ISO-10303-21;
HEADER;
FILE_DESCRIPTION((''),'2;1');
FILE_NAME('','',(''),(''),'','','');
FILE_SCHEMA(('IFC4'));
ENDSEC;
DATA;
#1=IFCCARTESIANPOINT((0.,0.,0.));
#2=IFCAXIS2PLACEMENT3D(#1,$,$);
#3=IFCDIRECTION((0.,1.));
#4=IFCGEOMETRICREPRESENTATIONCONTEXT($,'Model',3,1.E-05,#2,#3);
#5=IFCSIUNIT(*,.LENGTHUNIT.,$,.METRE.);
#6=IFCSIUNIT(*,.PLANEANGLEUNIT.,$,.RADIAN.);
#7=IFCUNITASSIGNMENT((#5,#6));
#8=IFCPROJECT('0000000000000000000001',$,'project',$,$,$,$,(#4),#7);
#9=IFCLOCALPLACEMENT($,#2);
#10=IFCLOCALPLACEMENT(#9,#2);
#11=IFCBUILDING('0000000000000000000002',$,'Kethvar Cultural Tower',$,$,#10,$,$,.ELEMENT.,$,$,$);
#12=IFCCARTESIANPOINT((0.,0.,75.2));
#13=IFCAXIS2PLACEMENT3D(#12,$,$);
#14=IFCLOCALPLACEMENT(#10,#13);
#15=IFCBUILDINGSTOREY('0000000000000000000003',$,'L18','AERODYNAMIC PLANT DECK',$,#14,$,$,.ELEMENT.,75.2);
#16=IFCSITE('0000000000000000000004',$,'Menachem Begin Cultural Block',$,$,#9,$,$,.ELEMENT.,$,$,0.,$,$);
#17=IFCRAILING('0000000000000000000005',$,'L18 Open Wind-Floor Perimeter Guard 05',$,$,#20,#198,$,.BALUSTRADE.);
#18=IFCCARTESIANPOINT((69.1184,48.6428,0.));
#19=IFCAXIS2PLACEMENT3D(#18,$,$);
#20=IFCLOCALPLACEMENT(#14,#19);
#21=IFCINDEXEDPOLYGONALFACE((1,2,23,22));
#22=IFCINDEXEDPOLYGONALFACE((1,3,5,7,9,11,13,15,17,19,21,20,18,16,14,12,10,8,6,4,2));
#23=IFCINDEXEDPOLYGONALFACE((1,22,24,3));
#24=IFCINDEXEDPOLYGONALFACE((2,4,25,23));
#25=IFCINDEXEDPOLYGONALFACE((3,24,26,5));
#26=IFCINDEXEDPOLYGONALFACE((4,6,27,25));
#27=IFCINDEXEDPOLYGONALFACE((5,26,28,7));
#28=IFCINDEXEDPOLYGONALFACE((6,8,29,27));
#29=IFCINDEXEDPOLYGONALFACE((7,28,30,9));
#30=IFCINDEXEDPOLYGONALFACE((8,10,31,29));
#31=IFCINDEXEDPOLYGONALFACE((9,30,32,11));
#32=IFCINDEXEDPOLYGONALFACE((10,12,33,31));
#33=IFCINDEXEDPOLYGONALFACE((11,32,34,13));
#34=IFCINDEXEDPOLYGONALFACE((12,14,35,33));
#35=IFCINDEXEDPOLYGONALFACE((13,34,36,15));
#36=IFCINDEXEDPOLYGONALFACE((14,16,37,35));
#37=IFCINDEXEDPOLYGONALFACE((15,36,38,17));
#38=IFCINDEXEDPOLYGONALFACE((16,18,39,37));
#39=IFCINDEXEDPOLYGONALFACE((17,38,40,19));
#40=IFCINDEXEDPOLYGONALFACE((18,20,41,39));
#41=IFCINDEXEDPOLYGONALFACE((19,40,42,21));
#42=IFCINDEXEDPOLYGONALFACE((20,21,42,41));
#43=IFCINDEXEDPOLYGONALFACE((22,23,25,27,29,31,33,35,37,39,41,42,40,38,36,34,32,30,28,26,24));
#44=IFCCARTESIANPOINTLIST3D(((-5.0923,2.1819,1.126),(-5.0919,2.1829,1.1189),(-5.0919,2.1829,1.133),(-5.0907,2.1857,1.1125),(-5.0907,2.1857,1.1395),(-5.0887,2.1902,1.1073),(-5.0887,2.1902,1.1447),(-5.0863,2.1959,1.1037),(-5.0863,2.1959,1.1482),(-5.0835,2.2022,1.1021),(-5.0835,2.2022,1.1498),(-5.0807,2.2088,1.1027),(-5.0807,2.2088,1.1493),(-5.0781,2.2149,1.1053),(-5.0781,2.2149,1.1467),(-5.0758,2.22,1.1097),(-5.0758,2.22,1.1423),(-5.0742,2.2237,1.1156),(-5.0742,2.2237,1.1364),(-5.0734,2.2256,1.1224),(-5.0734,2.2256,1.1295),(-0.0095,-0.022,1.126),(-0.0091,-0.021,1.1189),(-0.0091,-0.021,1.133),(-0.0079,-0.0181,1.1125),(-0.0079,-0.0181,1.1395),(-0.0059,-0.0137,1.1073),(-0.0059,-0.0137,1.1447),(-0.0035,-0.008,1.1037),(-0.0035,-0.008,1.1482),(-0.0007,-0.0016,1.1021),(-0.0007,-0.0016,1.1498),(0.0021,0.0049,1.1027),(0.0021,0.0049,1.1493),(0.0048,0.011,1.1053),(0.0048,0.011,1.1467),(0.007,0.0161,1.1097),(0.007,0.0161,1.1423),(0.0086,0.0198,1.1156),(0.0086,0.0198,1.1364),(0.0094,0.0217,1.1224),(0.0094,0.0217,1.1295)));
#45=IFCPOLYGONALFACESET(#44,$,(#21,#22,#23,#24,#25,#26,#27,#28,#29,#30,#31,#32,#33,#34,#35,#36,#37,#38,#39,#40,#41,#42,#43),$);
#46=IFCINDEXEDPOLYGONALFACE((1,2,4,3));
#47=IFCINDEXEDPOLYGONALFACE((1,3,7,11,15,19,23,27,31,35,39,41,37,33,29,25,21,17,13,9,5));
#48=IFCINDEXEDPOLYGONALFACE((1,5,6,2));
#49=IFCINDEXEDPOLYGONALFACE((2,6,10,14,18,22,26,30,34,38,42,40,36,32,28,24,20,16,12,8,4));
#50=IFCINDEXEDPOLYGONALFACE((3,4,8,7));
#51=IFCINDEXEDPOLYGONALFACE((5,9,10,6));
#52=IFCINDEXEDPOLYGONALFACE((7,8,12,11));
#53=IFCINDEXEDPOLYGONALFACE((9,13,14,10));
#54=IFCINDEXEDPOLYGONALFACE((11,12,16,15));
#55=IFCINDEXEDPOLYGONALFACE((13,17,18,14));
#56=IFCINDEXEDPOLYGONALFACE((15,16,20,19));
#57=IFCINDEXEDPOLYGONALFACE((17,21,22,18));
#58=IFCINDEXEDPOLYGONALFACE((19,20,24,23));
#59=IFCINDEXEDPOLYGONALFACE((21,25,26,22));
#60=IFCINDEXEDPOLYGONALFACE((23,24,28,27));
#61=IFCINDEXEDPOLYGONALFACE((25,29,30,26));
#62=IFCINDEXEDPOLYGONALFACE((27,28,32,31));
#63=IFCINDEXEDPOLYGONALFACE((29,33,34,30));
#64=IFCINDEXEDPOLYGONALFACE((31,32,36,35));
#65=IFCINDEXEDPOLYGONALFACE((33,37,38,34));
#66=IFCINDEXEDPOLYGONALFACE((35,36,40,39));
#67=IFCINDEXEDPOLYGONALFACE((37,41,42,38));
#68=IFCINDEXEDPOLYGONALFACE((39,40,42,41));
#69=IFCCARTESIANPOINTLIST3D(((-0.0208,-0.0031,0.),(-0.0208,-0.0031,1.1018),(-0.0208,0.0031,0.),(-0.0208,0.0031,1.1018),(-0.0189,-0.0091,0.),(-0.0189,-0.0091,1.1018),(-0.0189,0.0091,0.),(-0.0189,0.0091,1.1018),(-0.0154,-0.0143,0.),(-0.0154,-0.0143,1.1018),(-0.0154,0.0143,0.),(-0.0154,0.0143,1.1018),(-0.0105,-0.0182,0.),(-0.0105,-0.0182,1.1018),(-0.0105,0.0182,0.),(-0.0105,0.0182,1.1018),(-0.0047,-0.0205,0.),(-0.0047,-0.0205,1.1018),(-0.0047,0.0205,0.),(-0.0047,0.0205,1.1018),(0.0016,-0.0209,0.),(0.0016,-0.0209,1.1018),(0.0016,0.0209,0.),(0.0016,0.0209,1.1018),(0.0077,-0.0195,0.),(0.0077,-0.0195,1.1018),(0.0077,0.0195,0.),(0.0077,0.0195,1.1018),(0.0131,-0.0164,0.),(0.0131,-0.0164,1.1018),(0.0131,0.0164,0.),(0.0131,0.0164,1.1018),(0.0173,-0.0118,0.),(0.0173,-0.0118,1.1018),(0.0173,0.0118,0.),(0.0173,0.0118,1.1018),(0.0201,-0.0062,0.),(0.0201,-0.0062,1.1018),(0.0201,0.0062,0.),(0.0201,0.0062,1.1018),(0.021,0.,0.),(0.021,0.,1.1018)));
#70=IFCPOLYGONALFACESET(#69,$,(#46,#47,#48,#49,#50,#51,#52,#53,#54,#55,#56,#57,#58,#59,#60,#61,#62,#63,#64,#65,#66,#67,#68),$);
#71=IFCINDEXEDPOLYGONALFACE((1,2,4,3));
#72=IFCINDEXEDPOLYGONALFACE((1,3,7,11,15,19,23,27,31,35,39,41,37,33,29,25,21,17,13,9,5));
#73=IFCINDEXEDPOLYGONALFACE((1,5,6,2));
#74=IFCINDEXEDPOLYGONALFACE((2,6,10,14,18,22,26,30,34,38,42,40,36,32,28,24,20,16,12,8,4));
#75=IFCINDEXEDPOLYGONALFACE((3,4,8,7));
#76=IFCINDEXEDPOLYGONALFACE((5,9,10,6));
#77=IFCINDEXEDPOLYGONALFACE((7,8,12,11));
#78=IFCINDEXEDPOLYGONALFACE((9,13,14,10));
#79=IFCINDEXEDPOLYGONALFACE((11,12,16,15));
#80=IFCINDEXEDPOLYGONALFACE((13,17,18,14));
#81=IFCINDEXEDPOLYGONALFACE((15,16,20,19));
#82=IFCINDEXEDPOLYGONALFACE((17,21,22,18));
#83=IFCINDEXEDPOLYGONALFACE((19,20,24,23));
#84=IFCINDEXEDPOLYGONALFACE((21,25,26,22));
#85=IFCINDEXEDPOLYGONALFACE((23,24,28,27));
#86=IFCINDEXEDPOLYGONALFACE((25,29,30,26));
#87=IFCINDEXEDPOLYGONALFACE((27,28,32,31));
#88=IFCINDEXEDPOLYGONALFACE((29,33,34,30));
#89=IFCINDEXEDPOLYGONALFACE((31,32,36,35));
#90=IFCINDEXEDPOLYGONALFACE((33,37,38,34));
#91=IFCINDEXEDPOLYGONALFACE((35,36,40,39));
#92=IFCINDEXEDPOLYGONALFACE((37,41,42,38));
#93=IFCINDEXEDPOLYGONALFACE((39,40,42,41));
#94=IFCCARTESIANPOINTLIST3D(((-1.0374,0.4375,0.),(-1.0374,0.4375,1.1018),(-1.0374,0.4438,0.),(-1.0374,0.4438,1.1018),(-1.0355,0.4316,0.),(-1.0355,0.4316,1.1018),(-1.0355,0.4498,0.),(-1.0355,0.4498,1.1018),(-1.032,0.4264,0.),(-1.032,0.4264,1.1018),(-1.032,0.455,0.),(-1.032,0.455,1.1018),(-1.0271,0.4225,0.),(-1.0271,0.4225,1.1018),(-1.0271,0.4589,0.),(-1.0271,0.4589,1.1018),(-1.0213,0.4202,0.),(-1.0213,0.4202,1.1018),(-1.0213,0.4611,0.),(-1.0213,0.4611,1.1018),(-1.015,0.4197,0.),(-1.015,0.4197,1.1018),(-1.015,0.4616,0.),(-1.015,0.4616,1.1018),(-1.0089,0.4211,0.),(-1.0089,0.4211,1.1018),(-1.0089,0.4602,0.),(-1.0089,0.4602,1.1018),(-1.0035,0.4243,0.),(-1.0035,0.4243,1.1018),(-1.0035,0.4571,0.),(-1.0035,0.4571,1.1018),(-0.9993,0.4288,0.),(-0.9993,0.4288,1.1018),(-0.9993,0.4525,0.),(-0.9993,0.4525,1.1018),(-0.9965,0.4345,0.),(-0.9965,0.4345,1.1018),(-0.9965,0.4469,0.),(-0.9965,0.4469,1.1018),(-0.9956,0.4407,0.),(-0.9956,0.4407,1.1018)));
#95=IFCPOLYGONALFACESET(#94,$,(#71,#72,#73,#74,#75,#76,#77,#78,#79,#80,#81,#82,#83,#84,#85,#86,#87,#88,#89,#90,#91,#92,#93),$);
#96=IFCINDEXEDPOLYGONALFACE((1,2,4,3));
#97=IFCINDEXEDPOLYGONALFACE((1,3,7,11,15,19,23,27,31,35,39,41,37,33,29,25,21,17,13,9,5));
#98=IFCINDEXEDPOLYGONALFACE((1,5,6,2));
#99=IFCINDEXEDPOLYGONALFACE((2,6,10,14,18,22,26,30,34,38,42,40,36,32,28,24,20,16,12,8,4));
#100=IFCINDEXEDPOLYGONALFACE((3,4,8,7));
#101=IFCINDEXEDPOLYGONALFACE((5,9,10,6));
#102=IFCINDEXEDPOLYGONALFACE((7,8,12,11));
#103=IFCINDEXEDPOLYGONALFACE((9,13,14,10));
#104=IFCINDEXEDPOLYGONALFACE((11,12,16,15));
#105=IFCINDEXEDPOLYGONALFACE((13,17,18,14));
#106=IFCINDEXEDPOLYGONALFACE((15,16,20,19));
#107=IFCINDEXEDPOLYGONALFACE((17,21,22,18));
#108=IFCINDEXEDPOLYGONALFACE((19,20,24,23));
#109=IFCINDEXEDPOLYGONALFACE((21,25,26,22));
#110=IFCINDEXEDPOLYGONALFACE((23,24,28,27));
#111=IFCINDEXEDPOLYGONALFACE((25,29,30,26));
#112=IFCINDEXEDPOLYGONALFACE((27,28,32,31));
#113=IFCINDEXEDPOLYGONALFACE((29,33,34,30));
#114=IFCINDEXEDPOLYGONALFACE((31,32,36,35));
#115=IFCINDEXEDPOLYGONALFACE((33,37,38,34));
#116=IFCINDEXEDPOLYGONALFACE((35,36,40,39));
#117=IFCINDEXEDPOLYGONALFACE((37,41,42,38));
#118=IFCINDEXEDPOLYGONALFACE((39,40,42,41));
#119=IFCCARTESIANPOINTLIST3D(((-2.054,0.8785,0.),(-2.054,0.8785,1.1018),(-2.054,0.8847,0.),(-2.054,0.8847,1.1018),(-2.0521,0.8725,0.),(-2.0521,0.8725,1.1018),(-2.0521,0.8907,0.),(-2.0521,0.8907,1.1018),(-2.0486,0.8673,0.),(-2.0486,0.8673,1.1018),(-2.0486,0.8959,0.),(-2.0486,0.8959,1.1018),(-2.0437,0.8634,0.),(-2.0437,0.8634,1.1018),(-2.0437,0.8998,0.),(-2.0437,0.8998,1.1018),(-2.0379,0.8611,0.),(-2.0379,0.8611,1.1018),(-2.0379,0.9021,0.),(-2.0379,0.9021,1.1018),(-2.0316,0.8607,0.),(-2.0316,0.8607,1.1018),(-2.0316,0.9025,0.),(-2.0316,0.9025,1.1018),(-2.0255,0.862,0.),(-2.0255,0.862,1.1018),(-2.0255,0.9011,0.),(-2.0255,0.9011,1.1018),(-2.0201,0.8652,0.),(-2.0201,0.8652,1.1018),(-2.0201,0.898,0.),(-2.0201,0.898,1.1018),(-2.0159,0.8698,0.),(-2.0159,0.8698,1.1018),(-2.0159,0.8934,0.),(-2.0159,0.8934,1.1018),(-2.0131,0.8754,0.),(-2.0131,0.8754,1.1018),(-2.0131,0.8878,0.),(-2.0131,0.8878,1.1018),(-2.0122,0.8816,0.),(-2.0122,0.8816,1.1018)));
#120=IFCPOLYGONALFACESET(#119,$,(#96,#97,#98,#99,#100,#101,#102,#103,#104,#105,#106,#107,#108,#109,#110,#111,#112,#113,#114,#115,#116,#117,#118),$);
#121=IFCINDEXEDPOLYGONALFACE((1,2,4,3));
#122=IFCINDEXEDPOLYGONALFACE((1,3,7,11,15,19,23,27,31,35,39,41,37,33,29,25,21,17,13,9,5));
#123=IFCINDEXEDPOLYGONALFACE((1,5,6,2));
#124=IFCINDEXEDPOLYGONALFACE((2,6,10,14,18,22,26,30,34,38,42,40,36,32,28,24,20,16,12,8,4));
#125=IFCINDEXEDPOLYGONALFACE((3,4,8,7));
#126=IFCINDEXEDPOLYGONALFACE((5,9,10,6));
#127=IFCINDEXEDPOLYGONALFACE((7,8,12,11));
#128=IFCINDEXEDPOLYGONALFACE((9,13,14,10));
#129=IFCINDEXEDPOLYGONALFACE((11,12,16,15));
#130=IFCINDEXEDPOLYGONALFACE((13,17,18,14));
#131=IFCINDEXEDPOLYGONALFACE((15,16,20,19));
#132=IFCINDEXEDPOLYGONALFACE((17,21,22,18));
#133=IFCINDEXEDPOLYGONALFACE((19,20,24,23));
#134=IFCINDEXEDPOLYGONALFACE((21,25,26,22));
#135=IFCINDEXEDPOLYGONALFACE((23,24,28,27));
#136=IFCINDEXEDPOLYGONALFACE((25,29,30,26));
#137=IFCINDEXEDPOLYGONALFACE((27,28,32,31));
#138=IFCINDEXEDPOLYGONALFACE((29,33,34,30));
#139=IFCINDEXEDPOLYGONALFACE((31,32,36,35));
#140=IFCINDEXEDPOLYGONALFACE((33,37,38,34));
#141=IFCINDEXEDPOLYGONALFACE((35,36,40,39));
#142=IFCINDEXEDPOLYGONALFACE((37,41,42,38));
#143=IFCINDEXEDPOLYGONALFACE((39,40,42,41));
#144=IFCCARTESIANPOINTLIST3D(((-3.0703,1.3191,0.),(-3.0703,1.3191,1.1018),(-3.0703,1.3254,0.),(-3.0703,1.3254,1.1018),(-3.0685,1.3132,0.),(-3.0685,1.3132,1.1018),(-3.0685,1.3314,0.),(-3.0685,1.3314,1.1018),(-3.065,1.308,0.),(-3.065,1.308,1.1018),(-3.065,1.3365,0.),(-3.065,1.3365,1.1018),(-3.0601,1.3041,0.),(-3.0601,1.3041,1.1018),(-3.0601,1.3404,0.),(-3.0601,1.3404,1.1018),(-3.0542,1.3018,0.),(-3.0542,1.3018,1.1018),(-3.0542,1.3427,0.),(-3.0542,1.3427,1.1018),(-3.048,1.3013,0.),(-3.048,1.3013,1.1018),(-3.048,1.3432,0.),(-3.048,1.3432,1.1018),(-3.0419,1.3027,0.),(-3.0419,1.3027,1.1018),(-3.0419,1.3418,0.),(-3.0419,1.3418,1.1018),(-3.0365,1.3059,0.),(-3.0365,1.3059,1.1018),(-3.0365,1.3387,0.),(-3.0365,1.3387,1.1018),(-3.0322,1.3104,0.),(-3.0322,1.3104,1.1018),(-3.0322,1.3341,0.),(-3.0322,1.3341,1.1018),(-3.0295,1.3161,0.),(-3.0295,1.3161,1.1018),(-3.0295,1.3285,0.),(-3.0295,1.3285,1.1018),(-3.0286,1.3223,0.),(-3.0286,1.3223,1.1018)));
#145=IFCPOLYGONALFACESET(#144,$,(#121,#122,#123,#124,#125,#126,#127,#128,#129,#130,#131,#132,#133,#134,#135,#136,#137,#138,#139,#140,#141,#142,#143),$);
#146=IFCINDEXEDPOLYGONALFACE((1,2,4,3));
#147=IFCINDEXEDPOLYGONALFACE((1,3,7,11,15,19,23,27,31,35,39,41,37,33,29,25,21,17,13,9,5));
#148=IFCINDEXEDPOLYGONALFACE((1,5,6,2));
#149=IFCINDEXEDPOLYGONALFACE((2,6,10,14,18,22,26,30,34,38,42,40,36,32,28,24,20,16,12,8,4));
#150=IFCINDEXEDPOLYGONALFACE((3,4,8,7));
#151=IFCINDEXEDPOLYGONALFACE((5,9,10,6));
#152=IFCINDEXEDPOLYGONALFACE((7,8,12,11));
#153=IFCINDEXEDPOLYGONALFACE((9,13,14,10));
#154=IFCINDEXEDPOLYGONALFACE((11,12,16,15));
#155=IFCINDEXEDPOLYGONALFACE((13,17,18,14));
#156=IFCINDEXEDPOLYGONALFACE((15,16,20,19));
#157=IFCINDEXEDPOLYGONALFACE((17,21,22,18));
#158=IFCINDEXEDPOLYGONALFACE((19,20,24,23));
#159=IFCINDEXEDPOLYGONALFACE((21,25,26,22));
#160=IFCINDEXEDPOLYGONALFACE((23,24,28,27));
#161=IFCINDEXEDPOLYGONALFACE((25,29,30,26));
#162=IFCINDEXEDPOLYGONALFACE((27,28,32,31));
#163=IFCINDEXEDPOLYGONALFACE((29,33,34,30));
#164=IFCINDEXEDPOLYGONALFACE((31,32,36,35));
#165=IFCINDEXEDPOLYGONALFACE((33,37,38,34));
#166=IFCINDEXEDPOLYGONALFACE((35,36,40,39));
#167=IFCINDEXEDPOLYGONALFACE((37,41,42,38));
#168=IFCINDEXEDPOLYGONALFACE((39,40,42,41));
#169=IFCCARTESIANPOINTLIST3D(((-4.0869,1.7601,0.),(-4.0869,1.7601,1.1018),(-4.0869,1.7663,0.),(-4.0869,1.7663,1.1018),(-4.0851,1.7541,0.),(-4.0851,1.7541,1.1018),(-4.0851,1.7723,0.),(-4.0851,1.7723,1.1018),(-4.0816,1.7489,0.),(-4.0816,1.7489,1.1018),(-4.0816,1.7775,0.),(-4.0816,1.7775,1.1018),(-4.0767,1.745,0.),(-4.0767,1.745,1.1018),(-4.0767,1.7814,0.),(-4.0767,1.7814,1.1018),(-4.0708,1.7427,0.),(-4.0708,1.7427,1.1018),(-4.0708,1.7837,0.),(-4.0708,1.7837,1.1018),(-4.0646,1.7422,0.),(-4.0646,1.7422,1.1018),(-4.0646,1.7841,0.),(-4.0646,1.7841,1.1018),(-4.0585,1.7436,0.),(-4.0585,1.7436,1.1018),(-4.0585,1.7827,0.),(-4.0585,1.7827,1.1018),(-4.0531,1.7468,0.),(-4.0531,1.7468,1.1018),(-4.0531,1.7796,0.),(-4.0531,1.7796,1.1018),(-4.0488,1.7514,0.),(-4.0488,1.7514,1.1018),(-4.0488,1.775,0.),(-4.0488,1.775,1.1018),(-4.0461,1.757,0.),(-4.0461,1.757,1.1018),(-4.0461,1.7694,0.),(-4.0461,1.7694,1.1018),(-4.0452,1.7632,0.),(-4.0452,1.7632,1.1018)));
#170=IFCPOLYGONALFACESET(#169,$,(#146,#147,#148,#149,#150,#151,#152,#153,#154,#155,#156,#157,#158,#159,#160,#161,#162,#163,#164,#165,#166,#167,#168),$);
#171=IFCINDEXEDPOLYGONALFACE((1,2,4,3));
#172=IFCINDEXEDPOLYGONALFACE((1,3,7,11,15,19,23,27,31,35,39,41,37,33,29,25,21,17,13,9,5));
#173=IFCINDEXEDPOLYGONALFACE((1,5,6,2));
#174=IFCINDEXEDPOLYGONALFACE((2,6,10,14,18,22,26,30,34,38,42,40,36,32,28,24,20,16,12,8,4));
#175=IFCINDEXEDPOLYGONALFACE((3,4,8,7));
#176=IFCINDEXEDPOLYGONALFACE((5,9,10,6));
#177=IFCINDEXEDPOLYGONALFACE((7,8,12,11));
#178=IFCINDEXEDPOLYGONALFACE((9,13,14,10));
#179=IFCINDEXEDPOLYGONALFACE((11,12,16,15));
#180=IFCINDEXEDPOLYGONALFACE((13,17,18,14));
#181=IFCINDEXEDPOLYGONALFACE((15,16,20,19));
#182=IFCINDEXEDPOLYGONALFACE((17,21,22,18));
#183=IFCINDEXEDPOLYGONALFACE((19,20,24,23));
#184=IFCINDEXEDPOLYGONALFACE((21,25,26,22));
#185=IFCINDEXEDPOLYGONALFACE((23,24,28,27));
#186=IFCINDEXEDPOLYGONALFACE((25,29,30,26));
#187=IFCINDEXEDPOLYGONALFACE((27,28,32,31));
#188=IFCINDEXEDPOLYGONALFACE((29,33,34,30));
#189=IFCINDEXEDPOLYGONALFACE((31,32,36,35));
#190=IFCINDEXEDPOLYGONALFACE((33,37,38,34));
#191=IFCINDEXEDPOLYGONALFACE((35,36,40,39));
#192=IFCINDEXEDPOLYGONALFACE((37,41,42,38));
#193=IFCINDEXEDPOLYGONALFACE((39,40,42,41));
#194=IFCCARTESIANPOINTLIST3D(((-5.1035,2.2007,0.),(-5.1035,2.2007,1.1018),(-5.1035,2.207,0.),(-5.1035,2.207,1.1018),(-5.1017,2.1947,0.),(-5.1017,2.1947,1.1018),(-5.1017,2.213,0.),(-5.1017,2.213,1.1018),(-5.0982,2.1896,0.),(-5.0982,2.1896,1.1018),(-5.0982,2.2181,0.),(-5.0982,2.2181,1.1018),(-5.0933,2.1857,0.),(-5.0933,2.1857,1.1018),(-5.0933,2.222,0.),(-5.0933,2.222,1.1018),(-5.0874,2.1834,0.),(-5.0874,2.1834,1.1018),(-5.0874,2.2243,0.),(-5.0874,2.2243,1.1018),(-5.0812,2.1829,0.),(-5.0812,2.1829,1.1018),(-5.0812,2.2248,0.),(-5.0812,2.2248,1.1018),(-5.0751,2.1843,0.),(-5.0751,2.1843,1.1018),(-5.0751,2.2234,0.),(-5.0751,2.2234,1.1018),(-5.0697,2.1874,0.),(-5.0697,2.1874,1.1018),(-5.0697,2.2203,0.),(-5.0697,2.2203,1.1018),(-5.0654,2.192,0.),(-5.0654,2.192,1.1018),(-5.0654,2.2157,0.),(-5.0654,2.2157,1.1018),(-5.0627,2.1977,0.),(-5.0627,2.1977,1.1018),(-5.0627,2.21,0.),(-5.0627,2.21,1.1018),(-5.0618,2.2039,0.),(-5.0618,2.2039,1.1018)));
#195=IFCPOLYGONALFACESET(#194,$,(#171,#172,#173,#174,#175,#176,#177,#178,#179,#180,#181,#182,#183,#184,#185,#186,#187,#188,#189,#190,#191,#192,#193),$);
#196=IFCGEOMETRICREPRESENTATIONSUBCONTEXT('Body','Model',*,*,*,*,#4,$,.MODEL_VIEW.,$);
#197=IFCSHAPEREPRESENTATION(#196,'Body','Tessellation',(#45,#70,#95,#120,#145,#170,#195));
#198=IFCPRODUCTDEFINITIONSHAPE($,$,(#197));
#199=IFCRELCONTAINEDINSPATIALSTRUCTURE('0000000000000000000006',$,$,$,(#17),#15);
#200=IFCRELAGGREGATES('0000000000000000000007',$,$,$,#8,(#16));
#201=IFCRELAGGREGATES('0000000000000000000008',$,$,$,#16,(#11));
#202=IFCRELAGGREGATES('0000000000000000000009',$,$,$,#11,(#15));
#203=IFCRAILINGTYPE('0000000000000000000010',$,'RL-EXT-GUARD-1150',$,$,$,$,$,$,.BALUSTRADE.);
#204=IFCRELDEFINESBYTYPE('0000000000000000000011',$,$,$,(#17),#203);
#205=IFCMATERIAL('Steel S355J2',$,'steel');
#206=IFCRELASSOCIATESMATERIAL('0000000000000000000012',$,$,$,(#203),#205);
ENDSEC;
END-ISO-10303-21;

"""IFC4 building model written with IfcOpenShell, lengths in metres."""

from ifc_helpers import new_model, si_unit, direction, frame, origin, origin_2d, place, context, subcontext, project, spatial, circle, extrude, material, type_object, element, save


model = new_model("IFC4")

# Units and contexts
model_context = context("Model", 3, precision=1e-05, world=origin(), true_north=direction((0.0, 1.0)))
body_context = subcontext(model_context, "Body", "Model", "MODEL_VIEW")
ifc_project = project(units=[si_unit("LENGTHUNIT", "METRE"), si_unit("PLANEANGLEUNIT", "RADIAN")], contexts=[model_context])

# Site, building, storey
site_placement = place(None, origin())
site = spatial("IfcSite", under=ifc_project, at=site_placement, Name="Menachem Begin Cultural Block", CompositionType="ELEMENT", RefElevation=0.0)
building_placement = place(site_placement, origin())
building = spatial("IfcBuilding", under=site, at=building_placement, Name="Kethvar Cultural Tower", CompositionType="ELEMENT")
storey_placement = place(building_placement, frame((0.0, 0.0, 75.2)))
storey = spatial("IfcBuildingStorey", under=building, at=storey_placement, Name="L18", Description="AERODYNAMIC PLANT DECK", CompositionType="ELEMENT", Elevation=75.2)

# Shared definitions
ifc_material_1 = material(Name="Steel S355J2", Category="steel")

# Railing
railing_type = type_object("IfcRailingType", Name="RL-EXT-GUARD-1150", PredefinedType="BALUSTRADE", material=ifc_material_1)
railing_1_placement = place(storey_placement, frame((69.1184, 48.6428, 0.0)))
element("IfcRailing", 1, at=railing_1_placement, inside=storey, type_object=railing_type, Name="L18 Open Wind-Floor Perimeter Guard 05", PredefinedType="BALUSTRADE", context=body_context, shape_type="SweptSolid", body=[
    extrude(circle(Radius=0.0239, at=origin_2d()), frame((0.0, 0.0, 1.126), z_axis=(-0.917468, 0.397809, 0.0), x_axis=(-0.397809, -0.917468, 0.0)), (0.0, 0.0, 1.0), 5.54),
    extrude(circle(Radius=0.021, at=origin_2d()), origin(), (0.0, 0.0, 1.0), 1.1018),
    extrude(circle(Radius=0.021, at=origin_2d()), frame((-1.0166, 0.4407, 0.0)), (0.0, 0.0, 1.0), 1.1018),
    extrude(circle(Radius=0.021, at=origin_2d()), frame((-2.0332, 0.8816, 0.0)), (0.0, 0.0, 1.0), 1.1018),
    extrude(circle(Radius=0.021, at=origin_2d()), frame((-3.0496, 1.3223, 0.0)), (0.0, 0.0, 1.0), 1.1018),
    extrude(circle(Radius=0.021, at=origin_2d()), frame((-4.0662, 1.7632, 0.0)), (0.0, 0.0, 1.0), 1.1018),
    extrude(circle(Radius=0.021, at=origin_2d()), frame((-5.0828, 2.2039, 0.0)), (0.0, 0.0, 1.0), 1.1018),
])

save(model, "model.ifc")
